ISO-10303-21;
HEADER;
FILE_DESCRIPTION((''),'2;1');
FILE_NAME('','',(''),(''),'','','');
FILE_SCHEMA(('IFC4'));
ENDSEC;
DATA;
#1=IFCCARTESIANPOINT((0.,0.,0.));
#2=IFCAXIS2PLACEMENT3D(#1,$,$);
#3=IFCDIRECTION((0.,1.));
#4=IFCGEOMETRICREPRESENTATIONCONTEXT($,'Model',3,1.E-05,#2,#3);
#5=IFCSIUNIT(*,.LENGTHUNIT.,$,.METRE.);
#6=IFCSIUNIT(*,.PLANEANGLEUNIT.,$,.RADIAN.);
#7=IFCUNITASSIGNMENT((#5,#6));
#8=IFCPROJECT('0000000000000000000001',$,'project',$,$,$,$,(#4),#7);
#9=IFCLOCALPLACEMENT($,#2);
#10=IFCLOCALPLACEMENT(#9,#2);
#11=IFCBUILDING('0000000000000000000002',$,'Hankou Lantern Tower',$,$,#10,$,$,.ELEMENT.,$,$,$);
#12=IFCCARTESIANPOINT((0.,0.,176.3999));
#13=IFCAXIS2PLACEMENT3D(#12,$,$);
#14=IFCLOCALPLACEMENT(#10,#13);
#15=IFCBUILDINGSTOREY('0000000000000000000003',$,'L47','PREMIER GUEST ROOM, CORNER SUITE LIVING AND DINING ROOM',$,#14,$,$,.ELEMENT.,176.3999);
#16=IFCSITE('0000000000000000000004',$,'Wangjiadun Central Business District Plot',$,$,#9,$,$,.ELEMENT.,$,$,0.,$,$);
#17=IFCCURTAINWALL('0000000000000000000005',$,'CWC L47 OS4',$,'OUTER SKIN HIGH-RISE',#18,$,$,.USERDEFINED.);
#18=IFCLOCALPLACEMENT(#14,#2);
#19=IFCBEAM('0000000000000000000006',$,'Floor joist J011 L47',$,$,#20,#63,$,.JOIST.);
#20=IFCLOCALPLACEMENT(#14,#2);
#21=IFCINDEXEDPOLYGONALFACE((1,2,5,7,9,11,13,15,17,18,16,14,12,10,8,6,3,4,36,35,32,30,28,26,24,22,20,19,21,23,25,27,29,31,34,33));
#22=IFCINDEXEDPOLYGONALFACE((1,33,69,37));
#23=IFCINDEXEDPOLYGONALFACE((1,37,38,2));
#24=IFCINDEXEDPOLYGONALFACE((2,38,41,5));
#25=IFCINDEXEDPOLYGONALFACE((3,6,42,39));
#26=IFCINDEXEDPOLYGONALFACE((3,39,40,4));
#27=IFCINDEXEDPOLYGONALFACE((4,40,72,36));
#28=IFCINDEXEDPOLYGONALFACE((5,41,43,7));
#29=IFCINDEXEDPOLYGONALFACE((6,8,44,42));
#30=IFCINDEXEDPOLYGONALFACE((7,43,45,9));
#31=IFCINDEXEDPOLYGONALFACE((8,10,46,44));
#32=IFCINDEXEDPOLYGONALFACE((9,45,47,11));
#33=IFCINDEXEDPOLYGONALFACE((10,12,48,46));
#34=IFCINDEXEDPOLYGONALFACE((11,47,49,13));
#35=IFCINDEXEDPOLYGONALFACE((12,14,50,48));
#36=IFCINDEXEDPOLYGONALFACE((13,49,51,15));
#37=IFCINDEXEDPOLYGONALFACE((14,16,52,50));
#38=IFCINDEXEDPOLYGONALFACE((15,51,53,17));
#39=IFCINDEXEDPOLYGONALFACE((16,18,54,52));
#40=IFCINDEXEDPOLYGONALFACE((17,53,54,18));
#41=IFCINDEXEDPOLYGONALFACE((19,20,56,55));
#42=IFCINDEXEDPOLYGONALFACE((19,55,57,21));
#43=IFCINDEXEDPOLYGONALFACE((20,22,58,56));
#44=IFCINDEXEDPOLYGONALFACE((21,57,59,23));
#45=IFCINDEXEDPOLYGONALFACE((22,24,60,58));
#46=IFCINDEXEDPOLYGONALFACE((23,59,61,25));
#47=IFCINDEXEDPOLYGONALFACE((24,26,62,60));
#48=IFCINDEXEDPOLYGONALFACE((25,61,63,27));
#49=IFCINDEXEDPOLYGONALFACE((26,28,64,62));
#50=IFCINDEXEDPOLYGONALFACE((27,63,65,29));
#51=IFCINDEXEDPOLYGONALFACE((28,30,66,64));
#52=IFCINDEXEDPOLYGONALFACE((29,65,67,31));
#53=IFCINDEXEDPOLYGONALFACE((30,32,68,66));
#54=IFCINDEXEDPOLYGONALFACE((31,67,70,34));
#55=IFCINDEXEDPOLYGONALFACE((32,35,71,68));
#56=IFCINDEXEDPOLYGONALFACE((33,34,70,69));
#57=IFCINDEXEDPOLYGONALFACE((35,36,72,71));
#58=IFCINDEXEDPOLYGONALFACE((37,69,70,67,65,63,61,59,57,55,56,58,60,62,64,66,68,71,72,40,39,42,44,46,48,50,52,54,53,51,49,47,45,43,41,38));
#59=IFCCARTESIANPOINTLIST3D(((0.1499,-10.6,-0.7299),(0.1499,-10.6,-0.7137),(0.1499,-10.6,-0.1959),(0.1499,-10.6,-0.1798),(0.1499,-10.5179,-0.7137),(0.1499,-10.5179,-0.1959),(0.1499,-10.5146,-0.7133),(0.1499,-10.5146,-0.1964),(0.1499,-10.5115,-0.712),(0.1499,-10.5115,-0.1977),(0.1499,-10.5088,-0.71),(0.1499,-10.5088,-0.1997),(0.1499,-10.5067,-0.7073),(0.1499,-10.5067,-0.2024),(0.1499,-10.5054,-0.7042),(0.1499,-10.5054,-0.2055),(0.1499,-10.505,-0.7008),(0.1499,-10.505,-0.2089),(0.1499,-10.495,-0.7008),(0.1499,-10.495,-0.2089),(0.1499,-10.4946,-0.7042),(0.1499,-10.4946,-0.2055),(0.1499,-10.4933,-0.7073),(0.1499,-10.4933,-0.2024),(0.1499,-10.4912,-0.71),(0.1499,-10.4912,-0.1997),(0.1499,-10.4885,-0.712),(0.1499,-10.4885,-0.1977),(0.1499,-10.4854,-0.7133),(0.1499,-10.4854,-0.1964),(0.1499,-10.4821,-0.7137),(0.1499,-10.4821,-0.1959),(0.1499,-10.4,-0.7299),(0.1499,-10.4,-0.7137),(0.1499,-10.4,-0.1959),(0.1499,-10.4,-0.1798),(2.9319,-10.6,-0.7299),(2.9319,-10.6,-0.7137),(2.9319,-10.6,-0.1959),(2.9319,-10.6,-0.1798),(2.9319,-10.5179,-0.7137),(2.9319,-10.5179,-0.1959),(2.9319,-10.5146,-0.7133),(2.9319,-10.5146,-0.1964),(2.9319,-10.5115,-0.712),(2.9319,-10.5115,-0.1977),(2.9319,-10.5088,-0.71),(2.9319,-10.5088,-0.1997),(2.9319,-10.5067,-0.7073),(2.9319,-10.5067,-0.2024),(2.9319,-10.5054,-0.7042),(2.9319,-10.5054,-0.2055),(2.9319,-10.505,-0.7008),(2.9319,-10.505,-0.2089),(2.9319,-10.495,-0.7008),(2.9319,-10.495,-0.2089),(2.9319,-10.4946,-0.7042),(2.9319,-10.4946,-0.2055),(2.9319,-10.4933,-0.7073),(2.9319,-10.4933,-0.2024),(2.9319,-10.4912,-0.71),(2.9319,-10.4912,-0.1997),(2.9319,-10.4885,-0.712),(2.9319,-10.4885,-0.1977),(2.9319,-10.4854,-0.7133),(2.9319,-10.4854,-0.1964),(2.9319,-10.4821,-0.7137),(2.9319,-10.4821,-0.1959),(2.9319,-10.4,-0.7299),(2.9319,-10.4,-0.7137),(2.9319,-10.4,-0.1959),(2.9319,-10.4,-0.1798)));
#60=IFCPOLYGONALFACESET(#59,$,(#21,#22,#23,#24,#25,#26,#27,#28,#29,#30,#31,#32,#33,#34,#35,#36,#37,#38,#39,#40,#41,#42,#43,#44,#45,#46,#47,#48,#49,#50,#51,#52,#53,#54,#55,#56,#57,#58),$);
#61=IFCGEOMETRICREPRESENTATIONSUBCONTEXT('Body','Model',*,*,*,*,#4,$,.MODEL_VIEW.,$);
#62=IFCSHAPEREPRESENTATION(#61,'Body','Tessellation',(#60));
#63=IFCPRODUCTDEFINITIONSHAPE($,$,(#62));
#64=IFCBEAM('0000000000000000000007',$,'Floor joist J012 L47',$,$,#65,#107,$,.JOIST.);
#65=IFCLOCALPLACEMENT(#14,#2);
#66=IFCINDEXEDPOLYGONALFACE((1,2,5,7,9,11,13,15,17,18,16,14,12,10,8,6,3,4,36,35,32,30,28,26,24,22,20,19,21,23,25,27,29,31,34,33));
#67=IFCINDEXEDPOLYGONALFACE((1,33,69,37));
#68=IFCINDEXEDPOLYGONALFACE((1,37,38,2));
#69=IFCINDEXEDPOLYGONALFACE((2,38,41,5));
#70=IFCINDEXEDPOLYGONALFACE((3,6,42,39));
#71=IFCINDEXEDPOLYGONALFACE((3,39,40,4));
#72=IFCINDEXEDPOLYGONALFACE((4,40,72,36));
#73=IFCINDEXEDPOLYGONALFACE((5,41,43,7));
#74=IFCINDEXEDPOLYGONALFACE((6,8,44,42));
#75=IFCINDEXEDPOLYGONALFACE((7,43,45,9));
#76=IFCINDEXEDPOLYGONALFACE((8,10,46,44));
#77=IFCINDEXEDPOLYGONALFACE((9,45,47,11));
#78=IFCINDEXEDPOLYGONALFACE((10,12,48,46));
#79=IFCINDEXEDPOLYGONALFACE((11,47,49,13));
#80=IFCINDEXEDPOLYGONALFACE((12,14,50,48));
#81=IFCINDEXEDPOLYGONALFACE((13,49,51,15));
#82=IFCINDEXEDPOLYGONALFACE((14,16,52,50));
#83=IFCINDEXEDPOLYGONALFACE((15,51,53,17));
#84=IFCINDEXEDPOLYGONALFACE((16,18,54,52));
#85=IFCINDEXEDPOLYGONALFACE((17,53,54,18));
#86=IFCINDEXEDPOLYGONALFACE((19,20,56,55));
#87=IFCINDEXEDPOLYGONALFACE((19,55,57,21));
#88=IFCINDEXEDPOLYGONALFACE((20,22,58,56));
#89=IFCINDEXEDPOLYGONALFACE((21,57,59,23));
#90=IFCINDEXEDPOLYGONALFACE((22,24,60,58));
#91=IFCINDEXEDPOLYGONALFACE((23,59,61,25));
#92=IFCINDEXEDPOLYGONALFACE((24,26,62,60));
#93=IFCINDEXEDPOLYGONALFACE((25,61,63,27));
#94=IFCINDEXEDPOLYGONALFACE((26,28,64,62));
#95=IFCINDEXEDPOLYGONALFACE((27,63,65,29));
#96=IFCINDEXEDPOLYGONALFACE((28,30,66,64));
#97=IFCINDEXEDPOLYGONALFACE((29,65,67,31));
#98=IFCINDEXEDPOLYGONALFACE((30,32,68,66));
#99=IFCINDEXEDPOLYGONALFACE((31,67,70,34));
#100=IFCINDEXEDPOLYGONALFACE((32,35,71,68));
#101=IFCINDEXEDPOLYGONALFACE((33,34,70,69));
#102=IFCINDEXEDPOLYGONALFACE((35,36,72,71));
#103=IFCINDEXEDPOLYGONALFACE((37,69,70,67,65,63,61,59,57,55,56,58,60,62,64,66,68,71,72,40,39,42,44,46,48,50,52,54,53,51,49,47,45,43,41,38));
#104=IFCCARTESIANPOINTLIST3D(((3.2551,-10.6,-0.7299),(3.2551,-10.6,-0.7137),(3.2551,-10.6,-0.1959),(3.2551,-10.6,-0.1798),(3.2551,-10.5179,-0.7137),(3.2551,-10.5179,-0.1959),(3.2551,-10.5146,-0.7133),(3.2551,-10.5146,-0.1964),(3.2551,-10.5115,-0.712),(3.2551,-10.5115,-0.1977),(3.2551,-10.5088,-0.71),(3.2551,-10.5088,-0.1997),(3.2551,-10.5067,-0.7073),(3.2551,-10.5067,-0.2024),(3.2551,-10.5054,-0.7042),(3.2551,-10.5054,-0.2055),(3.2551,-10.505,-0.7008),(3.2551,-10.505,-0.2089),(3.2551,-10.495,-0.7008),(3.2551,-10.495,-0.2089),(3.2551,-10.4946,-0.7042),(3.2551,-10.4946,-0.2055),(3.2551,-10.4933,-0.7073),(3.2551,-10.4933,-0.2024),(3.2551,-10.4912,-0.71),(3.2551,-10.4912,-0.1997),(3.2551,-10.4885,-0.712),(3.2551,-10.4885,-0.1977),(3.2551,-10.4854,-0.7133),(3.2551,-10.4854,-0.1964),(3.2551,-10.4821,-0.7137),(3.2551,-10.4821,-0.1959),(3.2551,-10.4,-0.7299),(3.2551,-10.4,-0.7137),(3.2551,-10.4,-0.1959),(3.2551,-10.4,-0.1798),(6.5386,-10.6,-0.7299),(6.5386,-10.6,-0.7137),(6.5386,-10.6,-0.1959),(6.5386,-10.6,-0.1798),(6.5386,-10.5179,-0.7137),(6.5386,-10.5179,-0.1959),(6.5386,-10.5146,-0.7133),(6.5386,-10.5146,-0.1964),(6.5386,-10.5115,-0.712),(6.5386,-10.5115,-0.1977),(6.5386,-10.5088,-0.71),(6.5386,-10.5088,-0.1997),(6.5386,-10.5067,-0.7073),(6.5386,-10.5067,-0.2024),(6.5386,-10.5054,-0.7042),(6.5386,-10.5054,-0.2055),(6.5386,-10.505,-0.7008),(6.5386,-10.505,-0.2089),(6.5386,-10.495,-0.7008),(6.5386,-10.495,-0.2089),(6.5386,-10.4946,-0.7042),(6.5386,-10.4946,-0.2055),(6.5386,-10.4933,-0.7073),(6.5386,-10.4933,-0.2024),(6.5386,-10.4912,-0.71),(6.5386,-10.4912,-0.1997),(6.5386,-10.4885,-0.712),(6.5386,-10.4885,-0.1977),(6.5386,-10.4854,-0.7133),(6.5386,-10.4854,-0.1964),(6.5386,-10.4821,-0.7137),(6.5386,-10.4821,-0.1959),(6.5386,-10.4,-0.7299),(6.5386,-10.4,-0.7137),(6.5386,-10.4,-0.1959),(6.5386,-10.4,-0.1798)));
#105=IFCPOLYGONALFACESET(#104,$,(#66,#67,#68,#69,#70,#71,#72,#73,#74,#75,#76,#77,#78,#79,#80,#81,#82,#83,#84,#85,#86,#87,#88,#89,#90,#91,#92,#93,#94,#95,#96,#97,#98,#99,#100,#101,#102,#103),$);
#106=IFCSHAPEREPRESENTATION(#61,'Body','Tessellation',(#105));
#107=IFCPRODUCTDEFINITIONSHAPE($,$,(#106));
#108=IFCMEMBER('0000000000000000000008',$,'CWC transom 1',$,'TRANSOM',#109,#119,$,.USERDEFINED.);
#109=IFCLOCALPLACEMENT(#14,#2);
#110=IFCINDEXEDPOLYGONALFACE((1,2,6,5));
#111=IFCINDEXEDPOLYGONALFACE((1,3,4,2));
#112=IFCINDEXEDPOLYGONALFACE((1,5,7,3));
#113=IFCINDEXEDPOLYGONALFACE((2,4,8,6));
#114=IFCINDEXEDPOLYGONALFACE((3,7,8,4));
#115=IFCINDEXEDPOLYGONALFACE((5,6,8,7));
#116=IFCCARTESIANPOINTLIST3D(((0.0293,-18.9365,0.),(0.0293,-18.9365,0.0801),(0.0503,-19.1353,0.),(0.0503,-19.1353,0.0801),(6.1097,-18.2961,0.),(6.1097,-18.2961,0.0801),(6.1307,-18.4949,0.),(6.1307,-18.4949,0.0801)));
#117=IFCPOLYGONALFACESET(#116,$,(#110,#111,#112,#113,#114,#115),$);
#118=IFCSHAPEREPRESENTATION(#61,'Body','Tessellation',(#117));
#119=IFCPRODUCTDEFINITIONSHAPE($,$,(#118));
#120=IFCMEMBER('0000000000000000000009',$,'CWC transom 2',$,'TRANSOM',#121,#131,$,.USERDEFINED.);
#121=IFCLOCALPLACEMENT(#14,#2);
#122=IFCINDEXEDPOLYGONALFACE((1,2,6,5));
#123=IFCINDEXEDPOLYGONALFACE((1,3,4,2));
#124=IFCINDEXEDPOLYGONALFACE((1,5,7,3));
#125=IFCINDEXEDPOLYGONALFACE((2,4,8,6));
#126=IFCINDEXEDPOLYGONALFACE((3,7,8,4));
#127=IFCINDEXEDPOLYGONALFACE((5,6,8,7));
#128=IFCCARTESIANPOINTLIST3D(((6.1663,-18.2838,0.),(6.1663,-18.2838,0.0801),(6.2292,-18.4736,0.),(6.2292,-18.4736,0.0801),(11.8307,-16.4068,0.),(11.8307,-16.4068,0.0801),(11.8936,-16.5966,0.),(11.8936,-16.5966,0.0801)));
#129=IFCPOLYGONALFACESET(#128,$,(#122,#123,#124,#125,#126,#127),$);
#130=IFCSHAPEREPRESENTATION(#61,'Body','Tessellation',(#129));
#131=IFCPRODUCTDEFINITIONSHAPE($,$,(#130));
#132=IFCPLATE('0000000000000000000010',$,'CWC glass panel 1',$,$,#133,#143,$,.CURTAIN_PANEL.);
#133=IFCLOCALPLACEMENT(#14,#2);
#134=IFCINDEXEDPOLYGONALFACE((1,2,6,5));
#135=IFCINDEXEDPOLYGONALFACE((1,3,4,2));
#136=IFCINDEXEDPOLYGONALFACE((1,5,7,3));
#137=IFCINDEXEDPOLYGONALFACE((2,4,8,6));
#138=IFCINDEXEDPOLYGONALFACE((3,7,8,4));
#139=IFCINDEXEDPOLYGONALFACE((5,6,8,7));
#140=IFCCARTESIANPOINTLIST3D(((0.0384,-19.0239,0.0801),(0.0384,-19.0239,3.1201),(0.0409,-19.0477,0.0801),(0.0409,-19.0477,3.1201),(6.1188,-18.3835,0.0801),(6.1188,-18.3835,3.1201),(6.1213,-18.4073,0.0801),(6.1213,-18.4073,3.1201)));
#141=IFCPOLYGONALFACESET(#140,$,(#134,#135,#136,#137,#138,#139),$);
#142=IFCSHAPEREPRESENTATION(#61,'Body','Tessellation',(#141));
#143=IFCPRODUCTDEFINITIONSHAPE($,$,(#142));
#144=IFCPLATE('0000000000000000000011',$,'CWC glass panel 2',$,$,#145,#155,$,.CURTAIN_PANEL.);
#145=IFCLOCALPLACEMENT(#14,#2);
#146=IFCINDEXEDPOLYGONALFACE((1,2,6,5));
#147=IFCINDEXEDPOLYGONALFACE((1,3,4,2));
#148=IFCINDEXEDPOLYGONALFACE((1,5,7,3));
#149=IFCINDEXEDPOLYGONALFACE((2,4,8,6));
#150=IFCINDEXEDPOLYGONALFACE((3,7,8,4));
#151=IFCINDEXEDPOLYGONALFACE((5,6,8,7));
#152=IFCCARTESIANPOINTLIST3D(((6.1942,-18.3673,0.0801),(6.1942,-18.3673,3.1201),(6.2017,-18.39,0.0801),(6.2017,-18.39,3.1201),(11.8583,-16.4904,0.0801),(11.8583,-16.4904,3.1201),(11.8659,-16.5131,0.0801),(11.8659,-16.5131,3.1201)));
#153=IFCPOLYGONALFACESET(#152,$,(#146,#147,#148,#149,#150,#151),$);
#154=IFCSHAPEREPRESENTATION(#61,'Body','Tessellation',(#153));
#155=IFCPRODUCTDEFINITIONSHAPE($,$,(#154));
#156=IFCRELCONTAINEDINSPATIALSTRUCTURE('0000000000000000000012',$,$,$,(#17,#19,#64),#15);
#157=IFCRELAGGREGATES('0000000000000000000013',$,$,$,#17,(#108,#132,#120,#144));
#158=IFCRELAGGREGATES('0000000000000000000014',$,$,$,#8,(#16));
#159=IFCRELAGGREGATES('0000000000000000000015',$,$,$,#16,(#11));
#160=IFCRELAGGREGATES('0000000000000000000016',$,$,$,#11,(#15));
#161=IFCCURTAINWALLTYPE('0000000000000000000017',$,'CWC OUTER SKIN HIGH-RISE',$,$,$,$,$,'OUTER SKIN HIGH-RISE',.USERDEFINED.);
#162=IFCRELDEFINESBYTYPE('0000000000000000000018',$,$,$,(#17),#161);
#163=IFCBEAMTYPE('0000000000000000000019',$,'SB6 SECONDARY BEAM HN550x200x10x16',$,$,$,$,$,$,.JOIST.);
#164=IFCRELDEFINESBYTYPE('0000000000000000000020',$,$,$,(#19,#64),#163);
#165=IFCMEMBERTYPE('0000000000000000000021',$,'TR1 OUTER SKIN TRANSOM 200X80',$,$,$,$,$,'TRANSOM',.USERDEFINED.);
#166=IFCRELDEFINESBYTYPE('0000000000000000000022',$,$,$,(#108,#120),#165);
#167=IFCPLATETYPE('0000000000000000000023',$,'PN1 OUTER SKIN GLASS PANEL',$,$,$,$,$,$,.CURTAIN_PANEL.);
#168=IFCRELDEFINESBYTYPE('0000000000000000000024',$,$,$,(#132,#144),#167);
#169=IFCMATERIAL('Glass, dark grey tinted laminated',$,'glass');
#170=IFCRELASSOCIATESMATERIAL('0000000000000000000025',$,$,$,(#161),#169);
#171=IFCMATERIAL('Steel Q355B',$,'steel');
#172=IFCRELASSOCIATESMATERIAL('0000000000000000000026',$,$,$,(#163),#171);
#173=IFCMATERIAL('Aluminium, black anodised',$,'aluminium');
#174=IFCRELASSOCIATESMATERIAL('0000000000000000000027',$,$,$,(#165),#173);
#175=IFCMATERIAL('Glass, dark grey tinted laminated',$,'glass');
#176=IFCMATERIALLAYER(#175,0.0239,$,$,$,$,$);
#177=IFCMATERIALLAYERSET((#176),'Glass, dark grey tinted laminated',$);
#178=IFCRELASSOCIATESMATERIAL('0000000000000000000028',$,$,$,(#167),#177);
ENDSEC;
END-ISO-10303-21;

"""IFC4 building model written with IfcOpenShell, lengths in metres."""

from ifc_helpers import new_model, si_unit, direction, frame, origin, origin_2d, place, context, subcontext, project, spatial, rectangle, i_section, extrude, material, layer, layer_set, material_profile, profile_set, type_object, element, aggregate, save


model = new_model("IFC4")

# Units and contexts
model_context = context("Model", 3, precision=1e-05, world=origin(), true_north=direction((0.0, 1.0)))
body_context = subcontext(model_context, "Body", "Model", "MODEL_VIEW")
ifc_project = project(units=[si_unit("LENGTHUNIT", "METRE"), si_unit("PLANEANGLEUNIT", "RADIAN")], contexts=[model_context])

# Site, building, storey
site_placement = place(None, origin())
site = spatial("IfcSite", under=ifc_project, at=site_placement, Name="Wangjiadun Central Business District Plot", CompositionType="ELEMENT", RefElevation=0.0)
building_placement = place(site_placement, origin())
building = spatial("IfcBuilding", under=site, at=building_placement, Name="Hankou Lantern Tower", CompositionType="ELEMENT")
storey_placement = place(building_placement, frame((0.0, 0.0, 176.3999)))
storey = spatial("IfcBuildingStorey", under=building, at=storey_placement, Name="L47", Description="PREMIER GUEST ROOM, CORNER SUITE LIVING AND DINING ROOM", CompositionType="ELEMENT", Elevation=176.3999)

# Curtain wall
ifc_material_1 = material(Name="Glass, dark grey tinted laminated", Category="glass")
curtain_wall_type = type_object("IfcCurtainWallType", Name="CWC OUTER SKIN HIGH-RISE", ElementType="OUTER SKIN HIGH-RISE", PredefinedType="USERDEFINED", material=ifc_material_1)
curtain_wall_placement = place(storey_placement, origin())
curtain_wall = element("IfcCurtainWall", 1, at=curtain_wall_placement, inside=storey, type_object=curtain_wall_type, Name="CWC L47 OS4", ObjectType="OUTER SKIN HIGH-RISE", PredefinedType="USERDEFINED")

# Beams
ifc_material_2 = material(Name="Steel Q355B", Category="steel")
ifc_material_profile_1 = material_profile(ifc_material_2, i_section(OverallWidth=0.2, OverallDepth=0.55, WebThickness=0.01, FlangeThickness=0.0161, FilletRadius=0.0129, at=origin_2d()), Name="HN550x200x10x16")
ifc_profile_set_1 = profile_set([ifc_material_profile_1], Name="Steel Q355B")
beam_type_1 = type_object("IfcBeamType", Name="SB6 SECONDARY BEAM HN550x200x10x16", PredefinedType="JOIST", material=ifc_profile_set_1)
beam_1_placement = place(storey_placement, frame((0.1499, -10.5, -0.4548), z_axis=(1.0, 0.0, 0.0), x_axis=(0.0, 1.0, 0.0)))
element("IfcBeam", 2, at=beam_1_placement, inside=storey, type_object=beam_type_1, Name="Floor joist J011 L47", PredefinedType="JOIST", context=body_context, shape_type="SweptSolid", body=[
    extrude(i_section(OverallWidth=0.2, OverallDepth=0.55, WebThickness=0.01, FlangeThickness=0.0161, FilletRadius=0.0129, at=origin_2d()), origin(), (0.0, 0.0, 1.0), 2.782),
])
beam_2_placement = place(storey_placement, frame((3.2551, -10.5, -0.4548), z_axis=(1.0, 0.0, 0.0), x_axis=(0.0, 1.0, 0.0)))
element("IfcBeam", 3, at=beam_2_placement, inside=storey, type_object=beam_type_1, Name="Floor joist J012 L47", PredefinedType="JOIST", context=body_context, shape_type="SweptSolid", body=[
    extrude(i_section(OverallWidth=0.2, OverallDepth=0.55, WebThickness=0.01, FlangeThickness=0.0161, FilletRadius=0.0129, at=origin_2d()), origin(), (0.0, 0.0, 1.0), 3.2834),
])

# Members
ifc_material_3 = material(Name="Aluminium, black anodised", Category="aluminium")
ifc_material_profile_2 = material_profile(ifc_material_3, rectangle(XDim=0.2, YDim=0.0801, at=origin_2d()), Name="TR1 200X80")
ifc_profile_set_2 = profile_set([ifc_material_profile_2], Name="Aluminium, black anodised")
member_type_1 = type_object("IfcMemberType", Name="TR1 OUTER SKIN TRANSOM 200X80", ElementType="TRANSOM", PredefinedType="USERDEFINED", material=ifc_profile_set_2)
member_1_placement = place(storey_placement, frame((0.0398, -19.0359, 0.04), z_axis=(0.9945, 0.104741, 0.0), x_axis=(-0.104741, 0.9945, 0.0)))
member_1 = element("IfcMember", 4, at=member_1_placement, type_object=member_type_1, Name="CWC transom 1", ObjectType="TRANSOM", PredefinedType="USERDEFINED", context=body_context, shape_type="SweptSolid", body=[
    extrude(rectangle(XDim=0.2, YDim=0.0801, at=origin_2d()), origin(), (0.0, 0.0, 1.0), 6.114),
])
member_2_placement = place(storey_placement, frame((6.1978, -18.3787, 0.04), z_axis=(0.949242, 0.314546, 0.0), x_axis=(-0.314546, 0.949242, 0.0)))
member_2 = element("IfcMember", 5, at=member_2_placement, type_object=member_type_1, Name="CWC transom 2", ObjectType="TRANSOM", PredefinedType="USERDEFINED", context=body_context, shape_type="SweptSolid", body=[
    extrude(rectangle(XDim=0.2, YDim=0.0801, at=origin_2d()), origin(), (0.0, 0.0, 1.0), 5.9673),
])

# Plates
ifc_material_4 = material(Name="Glass, dark grey tinted laminated", Category="glass")
ifc_layer_1 = layer(ifc_material_4, 0.0239)
ifc_layer_set_1 = layer_set([ifc_layer_1], Name="Glass, dark grey tinted laminated")
plate_type = type_object("IfcPlateType", Name="PN1 OUTER SKIN GLASS PANEL", PredefinedType="CURTAIN_PANEL", material=ifc_layer_set_1)
plate_1_placement = place(storey_placement, frame((3.0798, -18.7156, 0.0801), z_axis=(0.0, 0.0, 1.0), x_axis=(0.994499, 0.104743, 0.0)))
plate_1 = element("IfcPlate", 6, at=plate_1_placement, type_object=plate_type, Name="CWC glass panel 1", PredefinedType="CURTAIN_PANEL", context=body_context, shape_type="SweptSolid", body=[
    extrude(rectangle(XDim=6.114, YDim=0.0239, at=origin_2d()), origin(), (0.0, 0.0, 1.0), 3.04),
])
plate_2_placement = place(storey_placement, frame((9.03, -17.4402, 0.0801), z_axis=(0.0, 0.0, 1.0), x_axis=(0.949241, 0.314551, 0.0)))
plate_2 = element("IfcPlate", 7, at=plate_2_placement, type_object=plate_type, Name="CWC glass panel 2", PredefinedType="CURTAIN_PANEL", context=body_context, shape_type="SweptSolid", body=[
    extrude(rectangle(XDim=5.967, YDim=0.0239, at=origin_2d()), origin(), (0.0, 0.0, 1.0), 3.04),
])
aggregate(curtain_wall, [member_1, plate_1, member_2, plate_2])

save(model, "model.ifc")
